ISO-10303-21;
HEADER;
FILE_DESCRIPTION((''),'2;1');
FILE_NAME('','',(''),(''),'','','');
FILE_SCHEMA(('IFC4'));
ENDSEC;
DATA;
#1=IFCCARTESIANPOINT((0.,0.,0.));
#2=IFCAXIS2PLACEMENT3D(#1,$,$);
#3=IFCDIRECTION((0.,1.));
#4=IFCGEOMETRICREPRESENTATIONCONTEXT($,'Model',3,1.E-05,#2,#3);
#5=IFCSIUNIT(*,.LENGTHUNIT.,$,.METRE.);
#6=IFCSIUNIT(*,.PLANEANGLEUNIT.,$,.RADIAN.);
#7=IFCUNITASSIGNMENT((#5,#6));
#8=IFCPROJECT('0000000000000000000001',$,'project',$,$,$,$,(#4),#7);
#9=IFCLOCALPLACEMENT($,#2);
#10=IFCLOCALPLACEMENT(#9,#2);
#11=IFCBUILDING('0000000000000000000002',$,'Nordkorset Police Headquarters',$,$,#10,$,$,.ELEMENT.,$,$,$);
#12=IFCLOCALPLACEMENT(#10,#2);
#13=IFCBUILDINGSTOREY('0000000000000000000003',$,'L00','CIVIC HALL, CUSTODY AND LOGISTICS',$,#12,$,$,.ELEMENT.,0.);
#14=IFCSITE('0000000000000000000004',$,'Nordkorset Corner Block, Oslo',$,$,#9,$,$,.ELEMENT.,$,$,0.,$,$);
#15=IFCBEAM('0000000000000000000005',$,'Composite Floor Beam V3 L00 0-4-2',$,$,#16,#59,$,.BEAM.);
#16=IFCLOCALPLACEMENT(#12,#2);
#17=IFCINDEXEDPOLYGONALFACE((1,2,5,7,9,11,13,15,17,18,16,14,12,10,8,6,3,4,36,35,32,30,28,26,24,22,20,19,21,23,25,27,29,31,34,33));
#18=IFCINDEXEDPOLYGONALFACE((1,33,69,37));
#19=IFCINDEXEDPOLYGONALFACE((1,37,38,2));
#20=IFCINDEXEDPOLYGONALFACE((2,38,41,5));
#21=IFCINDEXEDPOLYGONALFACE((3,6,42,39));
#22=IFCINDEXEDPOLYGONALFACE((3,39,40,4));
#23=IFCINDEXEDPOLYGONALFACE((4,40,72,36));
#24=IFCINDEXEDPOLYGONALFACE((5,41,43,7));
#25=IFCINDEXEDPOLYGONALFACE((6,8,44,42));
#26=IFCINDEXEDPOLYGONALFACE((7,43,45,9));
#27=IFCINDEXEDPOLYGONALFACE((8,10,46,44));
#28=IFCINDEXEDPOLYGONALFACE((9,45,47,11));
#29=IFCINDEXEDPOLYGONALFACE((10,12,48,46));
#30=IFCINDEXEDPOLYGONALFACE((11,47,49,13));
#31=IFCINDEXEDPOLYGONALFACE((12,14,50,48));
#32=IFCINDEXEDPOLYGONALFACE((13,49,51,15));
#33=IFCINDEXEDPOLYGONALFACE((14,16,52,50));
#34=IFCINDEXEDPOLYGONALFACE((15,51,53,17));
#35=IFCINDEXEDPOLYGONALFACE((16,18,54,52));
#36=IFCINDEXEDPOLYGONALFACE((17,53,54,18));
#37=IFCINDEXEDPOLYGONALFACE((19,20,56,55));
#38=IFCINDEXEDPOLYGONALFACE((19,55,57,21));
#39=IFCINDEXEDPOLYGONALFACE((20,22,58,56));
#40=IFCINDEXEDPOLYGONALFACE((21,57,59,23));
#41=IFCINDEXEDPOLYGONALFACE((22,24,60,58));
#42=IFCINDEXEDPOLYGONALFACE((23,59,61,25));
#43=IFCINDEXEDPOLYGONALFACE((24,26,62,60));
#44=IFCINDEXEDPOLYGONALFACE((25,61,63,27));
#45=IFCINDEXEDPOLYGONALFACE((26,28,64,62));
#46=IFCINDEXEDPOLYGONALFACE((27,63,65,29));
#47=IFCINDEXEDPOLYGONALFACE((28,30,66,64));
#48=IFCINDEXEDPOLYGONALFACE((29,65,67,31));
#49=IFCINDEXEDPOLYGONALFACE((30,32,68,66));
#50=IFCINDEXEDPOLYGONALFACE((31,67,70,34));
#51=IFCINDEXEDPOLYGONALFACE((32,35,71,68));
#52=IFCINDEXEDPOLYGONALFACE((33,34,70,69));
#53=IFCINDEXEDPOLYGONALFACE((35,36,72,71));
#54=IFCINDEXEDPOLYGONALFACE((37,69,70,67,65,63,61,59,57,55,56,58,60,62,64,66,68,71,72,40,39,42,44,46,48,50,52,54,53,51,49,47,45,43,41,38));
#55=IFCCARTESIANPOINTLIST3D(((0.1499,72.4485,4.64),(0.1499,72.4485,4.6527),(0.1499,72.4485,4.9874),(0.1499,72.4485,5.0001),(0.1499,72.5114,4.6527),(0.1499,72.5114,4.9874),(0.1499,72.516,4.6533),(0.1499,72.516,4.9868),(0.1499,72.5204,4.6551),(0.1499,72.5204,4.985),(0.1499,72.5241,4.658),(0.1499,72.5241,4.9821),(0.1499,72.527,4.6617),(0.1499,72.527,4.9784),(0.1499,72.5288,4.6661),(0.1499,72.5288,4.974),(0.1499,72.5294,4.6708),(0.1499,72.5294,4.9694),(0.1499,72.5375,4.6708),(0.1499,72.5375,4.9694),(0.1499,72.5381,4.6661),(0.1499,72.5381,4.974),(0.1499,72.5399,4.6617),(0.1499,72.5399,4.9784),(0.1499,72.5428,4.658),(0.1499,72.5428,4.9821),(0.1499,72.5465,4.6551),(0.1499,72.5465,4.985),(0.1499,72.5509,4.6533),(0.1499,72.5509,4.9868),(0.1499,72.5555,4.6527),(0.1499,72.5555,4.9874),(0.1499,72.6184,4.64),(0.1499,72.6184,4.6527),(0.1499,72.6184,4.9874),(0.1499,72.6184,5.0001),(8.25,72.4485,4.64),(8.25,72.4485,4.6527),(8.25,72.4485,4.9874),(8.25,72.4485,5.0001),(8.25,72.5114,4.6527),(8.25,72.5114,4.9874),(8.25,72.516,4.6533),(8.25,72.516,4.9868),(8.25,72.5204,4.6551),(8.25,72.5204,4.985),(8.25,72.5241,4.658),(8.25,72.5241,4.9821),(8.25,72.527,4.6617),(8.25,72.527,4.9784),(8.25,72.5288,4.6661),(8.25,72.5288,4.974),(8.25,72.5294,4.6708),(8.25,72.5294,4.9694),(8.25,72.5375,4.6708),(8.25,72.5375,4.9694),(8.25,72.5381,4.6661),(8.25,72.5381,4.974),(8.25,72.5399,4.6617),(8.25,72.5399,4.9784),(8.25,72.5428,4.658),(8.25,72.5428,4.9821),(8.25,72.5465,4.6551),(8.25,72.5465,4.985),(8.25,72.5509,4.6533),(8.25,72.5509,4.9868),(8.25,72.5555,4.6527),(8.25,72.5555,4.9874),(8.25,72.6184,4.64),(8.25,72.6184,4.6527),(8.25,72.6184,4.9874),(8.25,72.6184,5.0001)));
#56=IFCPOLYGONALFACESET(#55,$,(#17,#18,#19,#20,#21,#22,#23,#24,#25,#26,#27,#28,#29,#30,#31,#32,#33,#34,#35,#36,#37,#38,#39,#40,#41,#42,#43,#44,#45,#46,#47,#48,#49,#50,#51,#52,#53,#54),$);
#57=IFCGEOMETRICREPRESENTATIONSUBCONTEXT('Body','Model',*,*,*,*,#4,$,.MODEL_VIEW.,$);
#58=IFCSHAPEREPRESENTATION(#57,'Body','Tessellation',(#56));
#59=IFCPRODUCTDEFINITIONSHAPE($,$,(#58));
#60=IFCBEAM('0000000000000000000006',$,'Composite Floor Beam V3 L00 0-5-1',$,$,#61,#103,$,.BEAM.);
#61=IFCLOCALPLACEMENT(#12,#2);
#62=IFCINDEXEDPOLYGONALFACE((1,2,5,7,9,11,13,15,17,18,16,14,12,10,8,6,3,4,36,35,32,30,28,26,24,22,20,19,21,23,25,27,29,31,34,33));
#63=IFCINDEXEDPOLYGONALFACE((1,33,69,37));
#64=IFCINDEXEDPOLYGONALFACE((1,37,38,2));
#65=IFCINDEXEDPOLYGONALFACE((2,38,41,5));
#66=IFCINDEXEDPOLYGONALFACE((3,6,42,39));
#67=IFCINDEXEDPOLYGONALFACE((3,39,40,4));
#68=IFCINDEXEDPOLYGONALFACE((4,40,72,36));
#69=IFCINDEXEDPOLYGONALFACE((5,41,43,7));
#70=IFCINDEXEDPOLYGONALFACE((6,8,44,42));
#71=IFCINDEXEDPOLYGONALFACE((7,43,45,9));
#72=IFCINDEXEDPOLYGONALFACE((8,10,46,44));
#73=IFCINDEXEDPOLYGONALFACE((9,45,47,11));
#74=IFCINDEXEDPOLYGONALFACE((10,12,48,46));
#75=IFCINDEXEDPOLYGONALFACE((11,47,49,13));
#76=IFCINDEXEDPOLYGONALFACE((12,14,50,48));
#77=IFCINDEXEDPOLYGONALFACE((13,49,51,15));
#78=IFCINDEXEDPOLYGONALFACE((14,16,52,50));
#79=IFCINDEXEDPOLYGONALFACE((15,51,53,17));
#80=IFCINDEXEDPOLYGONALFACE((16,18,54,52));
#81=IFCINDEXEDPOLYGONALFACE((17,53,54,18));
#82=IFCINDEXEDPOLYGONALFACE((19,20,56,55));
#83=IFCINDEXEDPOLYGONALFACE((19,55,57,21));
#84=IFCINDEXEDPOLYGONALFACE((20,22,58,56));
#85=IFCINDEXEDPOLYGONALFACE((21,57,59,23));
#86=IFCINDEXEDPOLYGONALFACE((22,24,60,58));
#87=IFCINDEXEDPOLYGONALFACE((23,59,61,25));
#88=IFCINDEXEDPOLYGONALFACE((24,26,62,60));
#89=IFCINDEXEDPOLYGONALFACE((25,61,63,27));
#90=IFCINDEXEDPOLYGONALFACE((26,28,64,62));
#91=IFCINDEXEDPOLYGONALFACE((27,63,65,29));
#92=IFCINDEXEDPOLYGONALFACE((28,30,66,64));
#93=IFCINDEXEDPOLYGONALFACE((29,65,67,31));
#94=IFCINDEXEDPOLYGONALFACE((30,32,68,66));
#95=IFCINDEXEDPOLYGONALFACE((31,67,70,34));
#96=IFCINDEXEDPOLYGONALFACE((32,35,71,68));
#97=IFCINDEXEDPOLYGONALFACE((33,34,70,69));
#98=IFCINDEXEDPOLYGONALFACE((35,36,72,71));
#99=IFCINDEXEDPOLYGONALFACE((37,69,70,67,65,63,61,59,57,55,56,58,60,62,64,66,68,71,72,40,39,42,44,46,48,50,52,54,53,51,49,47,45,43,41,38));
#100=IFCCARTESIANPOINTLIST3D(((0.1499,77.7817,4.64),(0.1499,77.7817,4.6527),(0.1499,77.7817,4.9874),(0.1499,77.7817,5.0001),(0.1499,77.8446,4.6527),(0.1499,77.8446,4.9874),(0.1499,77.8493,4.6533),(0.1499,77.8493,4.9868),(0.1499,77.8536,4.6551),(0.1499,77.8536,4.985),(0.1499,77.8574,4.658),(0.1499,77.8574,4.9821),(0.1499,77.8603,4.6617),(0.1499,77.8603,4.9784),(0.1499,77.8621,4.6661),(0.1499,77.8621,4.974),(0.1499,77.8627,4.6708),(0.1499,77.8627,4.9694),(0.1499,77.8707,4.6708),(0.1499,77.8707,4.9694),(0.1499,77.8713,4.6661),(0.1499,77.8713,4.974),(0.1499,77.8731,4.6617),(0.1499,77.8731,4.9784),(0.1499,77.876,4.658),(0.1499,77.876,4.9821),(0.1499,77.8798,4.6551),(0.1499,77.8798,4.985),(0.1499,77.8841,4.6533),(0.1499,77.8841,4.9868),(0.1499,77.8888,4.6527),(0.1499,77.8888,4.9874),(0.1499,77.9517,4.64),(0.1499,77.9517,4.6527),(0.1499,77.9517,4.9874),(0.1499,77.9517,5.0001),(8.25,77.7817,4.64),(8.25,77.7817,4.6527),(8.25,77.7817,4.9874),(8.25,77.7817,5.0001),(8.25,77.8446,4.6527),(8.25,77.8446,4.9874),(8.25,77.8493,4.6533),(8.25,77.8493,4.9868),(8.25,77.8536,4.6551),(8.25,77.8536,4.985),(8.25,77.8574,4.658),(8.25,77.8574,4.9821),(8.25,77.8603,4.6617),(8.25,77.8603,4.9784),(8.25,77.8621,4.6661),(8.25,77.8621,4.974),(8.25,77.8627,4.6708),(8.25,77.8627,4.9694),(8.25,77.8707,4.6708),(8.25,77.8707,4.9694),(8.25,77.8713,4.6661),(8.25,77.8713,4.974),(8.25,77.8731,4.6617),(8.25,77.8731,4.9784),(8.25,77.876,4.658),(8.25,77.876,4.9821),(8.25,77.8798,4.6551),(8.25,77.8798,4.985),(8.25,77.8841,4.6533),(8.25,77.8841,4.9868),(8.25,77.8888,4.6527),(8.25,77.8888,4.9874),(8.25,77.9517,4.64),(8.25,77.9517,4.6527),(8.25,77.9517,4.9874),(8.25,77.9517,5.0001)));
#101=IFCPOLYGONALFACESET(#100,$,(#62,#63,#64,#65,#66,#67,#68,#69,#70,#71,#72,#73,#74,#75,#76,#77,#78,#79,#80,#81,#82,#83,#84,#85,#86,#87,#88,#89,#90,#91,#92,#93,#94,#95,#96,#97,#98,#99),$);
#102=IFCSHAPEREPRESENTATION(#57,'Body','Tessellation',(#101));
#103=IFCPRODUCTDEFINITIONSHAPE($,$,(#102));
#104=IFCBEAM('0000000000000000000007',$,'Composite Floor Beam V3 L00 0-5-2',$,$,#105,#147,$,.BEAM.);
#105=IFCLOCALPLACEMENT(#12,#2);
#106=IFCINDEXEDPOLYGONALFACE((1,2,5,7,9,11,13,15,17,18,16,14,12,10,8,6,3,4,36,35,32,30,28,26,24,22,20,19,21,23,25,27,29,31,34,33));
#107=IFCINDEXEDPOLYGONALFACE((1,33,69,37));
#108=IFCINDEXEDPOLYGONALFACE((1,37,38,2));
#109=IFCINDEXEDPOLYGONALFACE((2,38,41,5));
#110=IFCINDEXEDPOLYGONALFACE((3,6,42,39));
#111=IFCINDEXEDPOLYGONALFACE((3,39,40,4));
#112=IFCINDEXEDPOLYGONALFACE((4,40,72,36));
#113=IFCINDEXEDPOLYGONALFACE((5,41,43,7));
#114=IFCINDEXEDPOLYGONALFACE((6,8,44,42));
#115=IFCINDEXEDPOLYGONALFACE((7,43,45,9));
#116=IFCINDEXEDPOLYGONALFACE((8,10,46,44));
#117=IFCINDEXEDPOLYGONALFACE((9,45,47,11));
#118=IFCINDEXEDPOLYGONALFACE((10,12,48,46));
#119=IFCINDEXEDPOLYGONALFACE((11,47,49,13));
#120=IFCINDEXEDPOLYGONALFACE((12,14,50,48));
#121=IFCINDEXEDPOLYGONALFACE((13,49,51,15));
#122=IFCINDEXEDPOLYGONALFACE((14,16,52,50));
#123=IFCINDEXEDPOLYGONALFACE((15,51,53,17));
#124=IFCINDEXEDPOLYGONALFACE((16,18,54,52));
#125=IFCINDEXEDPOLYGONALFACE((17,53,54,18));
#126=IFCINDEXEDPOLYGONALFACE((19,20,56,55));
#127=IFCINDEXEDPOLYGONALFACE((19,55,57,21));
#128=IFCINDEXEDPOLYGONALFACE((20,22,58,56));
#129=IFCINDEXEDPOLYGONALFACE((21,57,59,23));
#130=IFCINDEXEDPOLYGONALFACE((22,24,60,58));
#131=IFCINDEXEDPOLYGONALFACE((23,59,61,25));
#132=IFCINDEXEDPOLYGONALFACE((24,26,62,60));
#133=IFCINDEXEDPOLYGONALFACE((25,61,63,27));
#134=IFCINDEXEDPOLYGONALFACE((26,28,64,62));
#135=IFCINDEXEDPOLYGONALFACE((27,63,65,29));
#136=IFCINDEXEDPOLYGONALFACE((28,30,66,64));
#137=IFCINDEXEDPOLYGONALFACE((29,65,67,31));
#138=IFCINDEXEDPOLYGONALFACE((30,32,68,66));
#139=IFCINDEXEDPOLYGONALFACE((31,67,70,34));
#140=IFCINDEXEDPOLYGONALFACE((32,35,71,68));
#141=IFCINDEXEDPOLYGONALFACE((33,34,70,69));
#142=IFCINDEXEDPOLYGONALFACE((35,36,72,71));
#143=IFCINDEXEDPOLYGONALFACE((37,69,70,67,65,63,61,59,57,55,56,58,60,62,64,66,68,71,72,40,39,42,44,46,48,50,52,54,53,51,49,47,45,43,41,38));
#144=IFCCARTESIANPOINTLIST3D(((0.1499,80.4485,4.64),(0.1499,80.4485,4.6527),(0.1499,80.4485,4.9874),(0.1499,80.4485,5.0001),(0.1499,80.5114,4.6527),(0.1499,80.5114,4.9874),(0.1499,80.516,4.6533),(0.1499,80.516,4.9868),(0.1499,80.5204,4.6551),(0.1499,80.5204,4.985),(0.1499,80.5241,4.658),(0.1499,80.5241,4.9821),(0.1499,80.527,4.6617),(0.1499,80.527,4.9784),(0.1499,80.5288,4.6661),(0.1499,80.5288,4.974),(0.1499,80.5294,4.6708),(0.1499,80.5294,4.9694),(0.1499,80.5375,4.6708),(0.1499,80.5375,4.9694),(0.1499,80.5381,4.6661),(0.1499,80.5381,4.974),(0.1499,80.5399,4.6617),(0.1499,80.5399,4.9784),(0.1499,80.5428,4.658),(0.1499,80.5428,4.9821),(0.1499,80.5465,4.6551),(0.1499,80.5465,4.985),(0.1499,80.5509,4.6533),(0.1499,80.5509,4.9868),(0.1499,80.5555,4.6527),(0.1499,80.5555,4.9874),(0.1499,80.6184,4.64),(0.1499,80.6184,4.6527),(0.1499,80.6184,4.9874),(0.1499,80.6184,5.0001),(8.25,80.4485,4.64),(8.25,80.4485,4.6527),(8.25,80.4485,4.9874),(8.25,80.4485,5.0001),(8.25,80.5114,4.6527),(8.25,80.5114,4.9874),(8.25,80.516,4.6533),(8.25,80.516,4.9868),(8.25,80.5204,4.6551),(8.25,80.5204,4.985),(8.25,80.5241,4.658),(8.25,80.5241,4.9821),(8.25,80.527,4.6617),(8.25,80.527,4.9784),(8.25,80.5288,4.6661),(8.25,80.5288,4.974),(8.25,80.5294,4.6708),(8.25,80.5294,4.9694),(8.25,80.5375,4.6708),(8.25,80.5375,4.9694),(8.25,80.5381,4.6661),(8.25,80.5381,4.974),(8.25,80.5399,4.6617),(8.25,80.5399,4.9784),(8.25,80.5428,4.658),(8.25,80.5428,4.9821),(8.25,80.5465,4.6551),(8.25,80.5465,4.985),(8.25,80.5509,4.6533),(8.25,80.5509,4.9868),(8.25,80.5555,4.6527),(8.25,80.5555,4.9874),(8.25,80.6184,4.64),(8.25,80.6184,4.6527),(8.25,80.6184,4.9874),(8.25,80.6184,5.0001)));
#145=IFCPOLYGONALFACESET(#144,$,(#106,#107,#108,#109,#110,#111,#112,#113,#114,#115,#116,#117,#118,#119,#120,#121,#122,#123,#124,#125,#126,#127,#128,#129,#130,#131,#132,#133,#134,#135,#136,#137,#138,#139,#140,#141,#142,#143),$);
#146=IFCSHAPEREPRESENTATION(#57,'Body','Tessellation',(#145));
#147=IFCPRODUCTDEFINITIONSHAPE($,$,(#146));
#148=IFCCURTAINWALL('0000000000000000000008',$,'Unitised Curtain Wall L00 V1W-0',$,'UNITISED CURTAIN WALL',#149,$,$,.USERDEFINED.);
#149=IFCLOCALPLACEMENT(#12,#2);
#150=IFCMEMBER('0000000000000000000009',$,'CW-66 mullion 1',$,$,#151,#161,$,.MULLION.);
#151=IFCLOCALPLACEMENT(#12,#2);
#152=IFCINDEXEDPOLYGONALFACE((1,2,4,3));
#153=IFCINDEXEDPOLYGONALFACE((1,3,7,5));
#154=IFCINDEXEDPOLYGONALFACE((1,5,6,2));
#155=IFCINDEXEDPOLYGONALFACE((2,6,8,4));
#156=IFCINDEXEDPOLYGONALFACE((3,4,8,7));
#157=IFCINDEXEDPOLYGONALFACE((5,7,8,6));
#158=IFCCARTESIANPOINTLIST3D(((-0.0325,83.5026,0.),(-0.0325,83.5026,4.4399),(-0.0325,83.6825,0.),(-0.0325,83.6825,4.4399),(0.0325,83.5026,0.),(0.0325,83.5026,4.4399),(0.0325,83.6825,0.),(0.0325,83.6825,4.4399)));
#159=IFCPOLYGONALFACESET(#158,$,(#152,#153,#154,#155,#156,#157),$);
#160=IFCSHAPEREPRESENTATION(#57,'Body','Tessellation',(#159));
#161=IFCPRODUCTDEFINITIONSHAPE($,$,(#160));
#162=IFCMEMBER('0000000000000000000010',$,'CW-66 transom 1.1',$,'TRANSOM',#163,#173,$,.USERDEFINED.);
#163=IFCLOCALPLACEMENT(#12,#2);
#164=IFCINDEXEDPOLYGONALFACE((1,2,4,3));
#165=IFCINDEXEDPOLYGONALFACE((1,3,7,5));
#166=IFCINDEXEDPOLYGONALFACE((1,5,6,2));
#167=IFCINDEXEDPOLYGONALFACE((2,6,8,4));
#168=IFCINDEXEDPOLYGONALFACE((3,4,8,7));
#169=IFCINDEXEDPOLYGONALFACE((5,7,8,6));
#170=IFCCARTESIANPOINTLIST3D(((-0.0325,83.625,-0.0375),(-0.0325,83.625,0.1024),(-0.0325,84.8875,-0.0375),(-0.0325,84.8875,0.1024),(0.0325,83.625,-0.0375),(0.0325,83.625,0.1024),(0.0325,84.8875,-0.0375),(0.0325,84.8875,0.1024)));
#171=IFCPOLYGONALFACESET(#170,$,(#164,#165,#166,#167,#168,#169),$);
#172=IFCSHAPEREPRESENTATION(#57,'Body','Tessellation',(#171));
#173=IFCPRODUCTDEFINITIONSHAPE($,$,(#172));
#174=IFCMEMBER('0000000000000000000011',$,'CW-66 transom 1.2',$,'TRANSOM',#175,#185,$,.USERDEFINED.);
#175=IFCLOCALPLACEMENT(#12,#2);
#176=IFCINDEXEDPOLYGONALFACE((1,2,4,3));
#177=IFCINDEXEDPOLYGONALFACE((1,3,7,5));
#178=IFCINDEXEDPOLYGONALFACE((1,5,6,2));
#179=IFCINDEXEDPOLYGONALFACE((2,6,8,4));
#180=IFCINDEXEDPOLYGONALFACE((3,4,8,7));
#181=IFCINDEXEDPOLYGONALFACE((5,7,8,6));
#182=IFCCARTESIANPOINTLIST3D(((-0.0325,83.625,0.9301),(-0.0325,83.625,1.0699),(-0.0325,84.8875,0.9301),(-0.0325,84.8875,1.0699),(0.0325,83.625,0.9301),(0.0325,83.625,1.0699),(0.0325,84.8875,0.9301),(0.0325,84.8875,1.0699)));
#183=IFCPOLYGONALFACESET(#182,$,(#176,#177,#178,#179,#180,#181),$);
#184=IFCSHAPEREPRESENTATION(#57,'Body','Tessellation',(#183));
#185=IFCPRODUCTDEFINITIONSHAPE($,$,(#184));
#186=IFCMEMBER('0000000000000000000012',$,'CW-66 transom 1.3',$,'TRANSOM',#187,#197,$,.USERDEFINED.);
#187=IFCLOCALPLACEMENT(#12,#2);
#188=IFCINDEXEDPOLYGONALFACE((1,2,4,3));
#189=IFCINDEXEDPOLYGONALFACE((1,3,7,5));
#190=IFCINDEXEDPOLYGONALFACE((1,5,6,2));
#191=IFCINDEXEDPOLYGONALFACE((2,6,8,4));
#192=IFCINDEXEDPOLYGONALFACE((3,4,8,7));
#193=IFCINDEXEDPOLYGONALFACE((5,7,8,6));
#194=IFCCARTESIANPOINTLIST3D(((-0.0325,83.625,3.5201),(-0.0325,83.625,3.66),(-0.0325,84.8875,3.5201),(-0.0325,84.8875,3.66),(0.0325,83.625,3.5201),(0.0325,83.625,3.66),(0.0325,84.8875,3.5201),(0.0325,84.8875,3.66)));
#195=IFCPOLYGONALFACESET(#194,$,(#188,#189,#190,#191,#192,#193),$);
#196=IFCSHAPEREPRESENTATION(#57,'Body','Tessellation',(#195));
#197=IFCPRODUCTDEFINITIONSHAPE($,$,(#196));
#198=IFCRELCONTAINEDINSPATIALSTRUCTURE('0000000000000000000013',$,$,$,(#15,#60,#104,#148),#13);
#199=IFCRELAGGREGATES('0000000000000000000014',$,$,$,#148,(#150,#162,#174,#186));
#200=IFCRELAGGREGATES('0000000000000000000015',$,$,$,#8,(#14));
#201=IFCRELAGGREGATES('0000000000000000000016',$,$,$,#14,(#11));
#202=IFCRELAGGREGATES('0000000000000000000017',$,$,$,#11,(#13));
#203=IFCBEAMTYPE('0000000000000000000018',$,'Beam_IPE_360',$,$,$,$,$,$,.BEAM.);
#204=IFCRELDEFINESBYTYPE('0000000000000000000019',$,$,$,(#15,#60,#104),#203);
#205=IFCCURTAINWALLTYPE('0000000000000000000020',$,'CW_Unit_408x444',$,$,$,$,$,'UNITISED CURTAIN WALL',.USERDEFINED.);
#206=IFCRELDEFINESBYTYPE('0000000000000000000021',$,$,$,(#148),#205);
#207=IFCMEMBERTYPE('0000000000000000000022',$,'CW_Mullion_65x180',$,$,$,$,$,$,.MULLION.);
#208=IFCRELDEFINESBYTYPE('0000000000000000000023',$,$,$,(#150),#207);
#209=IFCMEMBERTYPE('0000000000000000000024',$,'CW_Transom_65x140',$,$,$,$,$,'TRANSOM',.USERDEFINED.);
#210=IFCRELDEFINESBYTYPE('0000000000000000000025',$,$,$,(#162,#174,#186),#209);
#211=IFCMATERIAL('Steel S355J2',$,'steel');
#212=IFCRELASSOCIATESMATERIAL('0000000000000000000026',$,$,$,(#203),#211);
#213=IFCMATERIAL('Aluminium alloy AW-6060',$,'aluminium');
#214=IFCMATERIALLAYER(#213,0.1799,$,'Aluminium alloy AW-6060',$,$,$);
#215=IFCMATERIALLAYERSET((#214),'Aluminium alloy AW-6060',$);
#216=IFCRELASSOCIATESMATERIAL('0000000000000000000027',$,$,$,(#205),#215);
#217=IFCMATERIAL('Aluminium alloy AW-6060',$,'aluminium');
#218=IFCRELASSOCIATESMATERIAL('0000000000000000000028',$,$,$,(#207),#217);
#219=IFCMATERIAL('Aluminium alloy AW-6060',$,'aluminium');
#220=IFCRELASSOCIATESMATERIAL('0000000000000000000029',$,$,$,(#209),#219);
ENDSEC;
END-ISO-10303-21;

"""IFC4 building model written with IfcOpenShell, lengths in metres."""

from ifc_helpers import new_model, si_unit, direction, frame, origin, origin_2d, place, context, subcontext, project, spatial, rectangle, i_section, extrude, material, layer, layer_set, material_profile, profile_set, type_object, element, aggregate, save


model = new_model("IFC4")

# Units and contexts
model_context = context("Model", 3, precision=1e-05, world=origin(), true_north=direction((0.0, 1.0)))
body_context = subcontext(model_context, "Body", "Model", "MODEL_VIEW")
ifc_project = project(units=[si_unit("LENGTHUNIT", "METRE"), si_unit("PLANEANGLEUNIT", "RADIAN")], contexts=[model_context])

# Site, building, storey
site_placement = place(None, origin())
site = spatial("IfcSite", under=ifc_project, at=site_placement, Name="Nordkorset Corner Block, Oslo", CompositionType="ELEMENT", RefElevation=0.0)
building_placement = place(site_placement, origin())
building = spatial("IfcBuilding", under=site, at=building_placement, Name="Nordkorset Police Headquarters", CompositionType="ELEMENT")
storey_placement = place(building_placement, origin())
storey = spatial("IfcBuildingStorey", under=building, at=storey_placement, Name="L00", Description="CIVIC HALL, CUSTODY AND LOGISTICS", CompositionType="ELEMENT", Elevation=0.0)

# Beams
ifc_material_1 = material(Name="Steel S355J2", Category="steel")
ifc_material_profile_1 = material_profile(ifc_material_1, i_section(OverallWidth=0.1699, OverallDepth=0.3601, WebThickness=0.0081, FlangeThickness=0.0127, FilletRadius=0.0181, at=origin_2d()), Name="IPE 360")
ifc_profile_set_1 = profile_set([ifc_material_profile_1], Name="Steel S355J2")
beam_type_1 = type_object("IfcBeamType", Name="Beam_IPE_360", PredefinedType="BEAM", material=ifc_profile_set_1)
for number, where, z_axis, x_axis, name in (
    (1, (0.1499, 72.5334, 4.8201), (1.0, 0.0, 0.0), (0.0, 1.0, 0.0), "Composite Floor Beam V3 L00 0-4-2"),
    (2, (0.1499, 77.8667, 4.8201), (1.0, 0.0, 0.0), (0.0, 1.0, 0.0), "Composite Floor Beam V3 L00 0-5-1"),
    (3, (0.1499, 80.5334, 4.8201), (1.0, 0.0, 0.0), (0.0, 1.0, 0.0), "Composite Floor Beam V3 L00 0-5-2"),
):
    element("IfcBeam", number, at=place(storey_placement, frame(where, z_axis=z_axis, x_axis=x_axis)), inside=storey, type_object=beam_type_1, Name=name, PredefinedType="BEAM", context=body_context, shape_type="SweptSolid", body=[
        extrude(i_section(OverallWidth=0.1699, OverallDepth=0.3601, WebThickness=0.0081, FlangeThickness=0.0127, FilletRadius=0.0181, at=origin_2d()), origin(), (0.0, 0.0, 1.0), 8.1001),
    ])

# Curtain wall, members
ifc_material_2 = material(Name="Aluminium alloy AW-6060", Category="aluminium")
ifc_layer_1 = layer(ifc_material_2, 0.1799, Name="Aluminium alloy AW-6060")
ifc_layer_set_1 = layer_set([ifc_layer_1], Name="Aluminium alloy AW-6060")
curtain_wall_type = type_object("IfcCurtainWallType", Name="CW_Unit_408x444", ElementType="UNITISED CURTAIN WALL", PredefinedType="USERDEFINED", material=ifc_layer_set_1)
curtain_wall_placement = place(storey_placement, origin())
curtain_wall = element("IfcCurtainWall", 4, at=curtain_wall_placement, inside=storey, type_object=curtain_wall_type, Name="Unitised Curtain Wall L00 V1W-0", ObjectType="UNITISED CURTAIN WALL", PredefinedType="USERDEFINED")
ifc_material_3 = material(Name="Aluminium alloy AW-6060", Category="aluminium")
ifc_material_profile_2 = material_profile(ifc_material_3, rectangle(XDim=0.0649, YDim=0.1799, at=origin_2d()), Name="ALU MULL 65x180")
ifc_profile_set_2 = profile_set([ifc_material_profile_2], Name="Aluminium alloy AW-6060")
member_type_1 = type_object("IfcMemberType", Name="CW_Mullion_65x180", PredefinedType="MULLION", material=ifc_profile_set_2)
member_1_placement = place(storey_placement, frame((0.0, 83.5925, 0.0), z_axis=(0.0, 0.0, 1.0), x_axis=(-1.0, 0.0, 0.0)))
member_1 = element("IfcMember", 5, at=member_1_placement, type_object=member_type_1, Name="CW-66 mullion 1", PredefinedType="MULLION", context=body_context, shape_type="SweptSolid", body=[
    extrude(rectangle(XDim=0.0649, YDim=0.1799, at=origin_2d()), origin(), (0.0, 0.0, 1.0), 4.4399),
])
ifc_material_4 = material(Name="Aluminium alloy AW-6060", Category="aluminium")
ifc_material_profile_3 = material_profile(ifc_material_4, rectangle(XDim=0.0649, YDim=0.1399, at=origin_2d()), Name="ALU TRAN 65x140")
ifc_profile_set_3 = profile_set([ifc_material_profile_3], Name="Aluminium alloy AW-6060")
member_type_2 = type_object("IfcMemberType", Name="CW_Transom_65x140", ElementType="TRANSOM", PredefinedType="USERDEFINED", material=ifc_profile_set_3)
member_2_placement = place(storey_placement, frame((0.0, 83.625, 0.0325), z_axis=(0.0, 1.0, 0.0), x_axis=(-1.0, 0.0, 0.0)))
member_2 = element("IfcMember", 6, at=member_2_placement, type_object=member_type_2, Name="CW-66 transom 1.1", ObjectType="TRANSOM", PredefinedType="USERDEFINED", context=body_context, shape_type="SweptSolid", body=[
    extrude(rectangle(XDim=0.0649, YDim=0.1399, at=origin_2d()), origin(), (0.0, 0.0, 1.0), 1.2625),
])
member_3_placement = place(storey_placement, frame((0.0, 83.625, 1.0), z_axis=(0.0, 1.0, 0.0), x_axis=(-1.0, 0.0, 0.0)))
member_3 = element("IfcMember", 7, at=member_3_placement, type_object=member_type_2, Name="CW-66 transom 1.2", ObjectType="TRANSOM", PredefinedType="USERDEFINED", context=body_context, shape_type="SweptSolid", body=[
    extrude(rectangle(XDim=0.0649, YDim=0.1399, at=origin_2d()), origin(), (0.0, 0.0, 1.0), 1.2625),
])
member_4_placement = place(storey_placement, frame((0.0, 83.625, 3.5901), z_axis=(0.0, 1.0, 0.0), x_axis=(-1.0, 0.0, 0.0)))
member_4 = element("IfcMember", 8, at=member_4_placement, type_object=member_type_2, Name="CW-66 transom 1.3", ObjectType="TRANSOM", PredefinedType="USERDEFINED", context=body_context, shape_type="SweptSolid", body=[
    extrude(rectangle(XDim=0.0649, YDim=0.1399, at=origin_2d()), origin(), (0.0, 0.0, 1.0), 1.2625),
])
aggregate(curtain_wall, [member_1, member_2, member_3, member_4])

save(model, "model.ifc")
